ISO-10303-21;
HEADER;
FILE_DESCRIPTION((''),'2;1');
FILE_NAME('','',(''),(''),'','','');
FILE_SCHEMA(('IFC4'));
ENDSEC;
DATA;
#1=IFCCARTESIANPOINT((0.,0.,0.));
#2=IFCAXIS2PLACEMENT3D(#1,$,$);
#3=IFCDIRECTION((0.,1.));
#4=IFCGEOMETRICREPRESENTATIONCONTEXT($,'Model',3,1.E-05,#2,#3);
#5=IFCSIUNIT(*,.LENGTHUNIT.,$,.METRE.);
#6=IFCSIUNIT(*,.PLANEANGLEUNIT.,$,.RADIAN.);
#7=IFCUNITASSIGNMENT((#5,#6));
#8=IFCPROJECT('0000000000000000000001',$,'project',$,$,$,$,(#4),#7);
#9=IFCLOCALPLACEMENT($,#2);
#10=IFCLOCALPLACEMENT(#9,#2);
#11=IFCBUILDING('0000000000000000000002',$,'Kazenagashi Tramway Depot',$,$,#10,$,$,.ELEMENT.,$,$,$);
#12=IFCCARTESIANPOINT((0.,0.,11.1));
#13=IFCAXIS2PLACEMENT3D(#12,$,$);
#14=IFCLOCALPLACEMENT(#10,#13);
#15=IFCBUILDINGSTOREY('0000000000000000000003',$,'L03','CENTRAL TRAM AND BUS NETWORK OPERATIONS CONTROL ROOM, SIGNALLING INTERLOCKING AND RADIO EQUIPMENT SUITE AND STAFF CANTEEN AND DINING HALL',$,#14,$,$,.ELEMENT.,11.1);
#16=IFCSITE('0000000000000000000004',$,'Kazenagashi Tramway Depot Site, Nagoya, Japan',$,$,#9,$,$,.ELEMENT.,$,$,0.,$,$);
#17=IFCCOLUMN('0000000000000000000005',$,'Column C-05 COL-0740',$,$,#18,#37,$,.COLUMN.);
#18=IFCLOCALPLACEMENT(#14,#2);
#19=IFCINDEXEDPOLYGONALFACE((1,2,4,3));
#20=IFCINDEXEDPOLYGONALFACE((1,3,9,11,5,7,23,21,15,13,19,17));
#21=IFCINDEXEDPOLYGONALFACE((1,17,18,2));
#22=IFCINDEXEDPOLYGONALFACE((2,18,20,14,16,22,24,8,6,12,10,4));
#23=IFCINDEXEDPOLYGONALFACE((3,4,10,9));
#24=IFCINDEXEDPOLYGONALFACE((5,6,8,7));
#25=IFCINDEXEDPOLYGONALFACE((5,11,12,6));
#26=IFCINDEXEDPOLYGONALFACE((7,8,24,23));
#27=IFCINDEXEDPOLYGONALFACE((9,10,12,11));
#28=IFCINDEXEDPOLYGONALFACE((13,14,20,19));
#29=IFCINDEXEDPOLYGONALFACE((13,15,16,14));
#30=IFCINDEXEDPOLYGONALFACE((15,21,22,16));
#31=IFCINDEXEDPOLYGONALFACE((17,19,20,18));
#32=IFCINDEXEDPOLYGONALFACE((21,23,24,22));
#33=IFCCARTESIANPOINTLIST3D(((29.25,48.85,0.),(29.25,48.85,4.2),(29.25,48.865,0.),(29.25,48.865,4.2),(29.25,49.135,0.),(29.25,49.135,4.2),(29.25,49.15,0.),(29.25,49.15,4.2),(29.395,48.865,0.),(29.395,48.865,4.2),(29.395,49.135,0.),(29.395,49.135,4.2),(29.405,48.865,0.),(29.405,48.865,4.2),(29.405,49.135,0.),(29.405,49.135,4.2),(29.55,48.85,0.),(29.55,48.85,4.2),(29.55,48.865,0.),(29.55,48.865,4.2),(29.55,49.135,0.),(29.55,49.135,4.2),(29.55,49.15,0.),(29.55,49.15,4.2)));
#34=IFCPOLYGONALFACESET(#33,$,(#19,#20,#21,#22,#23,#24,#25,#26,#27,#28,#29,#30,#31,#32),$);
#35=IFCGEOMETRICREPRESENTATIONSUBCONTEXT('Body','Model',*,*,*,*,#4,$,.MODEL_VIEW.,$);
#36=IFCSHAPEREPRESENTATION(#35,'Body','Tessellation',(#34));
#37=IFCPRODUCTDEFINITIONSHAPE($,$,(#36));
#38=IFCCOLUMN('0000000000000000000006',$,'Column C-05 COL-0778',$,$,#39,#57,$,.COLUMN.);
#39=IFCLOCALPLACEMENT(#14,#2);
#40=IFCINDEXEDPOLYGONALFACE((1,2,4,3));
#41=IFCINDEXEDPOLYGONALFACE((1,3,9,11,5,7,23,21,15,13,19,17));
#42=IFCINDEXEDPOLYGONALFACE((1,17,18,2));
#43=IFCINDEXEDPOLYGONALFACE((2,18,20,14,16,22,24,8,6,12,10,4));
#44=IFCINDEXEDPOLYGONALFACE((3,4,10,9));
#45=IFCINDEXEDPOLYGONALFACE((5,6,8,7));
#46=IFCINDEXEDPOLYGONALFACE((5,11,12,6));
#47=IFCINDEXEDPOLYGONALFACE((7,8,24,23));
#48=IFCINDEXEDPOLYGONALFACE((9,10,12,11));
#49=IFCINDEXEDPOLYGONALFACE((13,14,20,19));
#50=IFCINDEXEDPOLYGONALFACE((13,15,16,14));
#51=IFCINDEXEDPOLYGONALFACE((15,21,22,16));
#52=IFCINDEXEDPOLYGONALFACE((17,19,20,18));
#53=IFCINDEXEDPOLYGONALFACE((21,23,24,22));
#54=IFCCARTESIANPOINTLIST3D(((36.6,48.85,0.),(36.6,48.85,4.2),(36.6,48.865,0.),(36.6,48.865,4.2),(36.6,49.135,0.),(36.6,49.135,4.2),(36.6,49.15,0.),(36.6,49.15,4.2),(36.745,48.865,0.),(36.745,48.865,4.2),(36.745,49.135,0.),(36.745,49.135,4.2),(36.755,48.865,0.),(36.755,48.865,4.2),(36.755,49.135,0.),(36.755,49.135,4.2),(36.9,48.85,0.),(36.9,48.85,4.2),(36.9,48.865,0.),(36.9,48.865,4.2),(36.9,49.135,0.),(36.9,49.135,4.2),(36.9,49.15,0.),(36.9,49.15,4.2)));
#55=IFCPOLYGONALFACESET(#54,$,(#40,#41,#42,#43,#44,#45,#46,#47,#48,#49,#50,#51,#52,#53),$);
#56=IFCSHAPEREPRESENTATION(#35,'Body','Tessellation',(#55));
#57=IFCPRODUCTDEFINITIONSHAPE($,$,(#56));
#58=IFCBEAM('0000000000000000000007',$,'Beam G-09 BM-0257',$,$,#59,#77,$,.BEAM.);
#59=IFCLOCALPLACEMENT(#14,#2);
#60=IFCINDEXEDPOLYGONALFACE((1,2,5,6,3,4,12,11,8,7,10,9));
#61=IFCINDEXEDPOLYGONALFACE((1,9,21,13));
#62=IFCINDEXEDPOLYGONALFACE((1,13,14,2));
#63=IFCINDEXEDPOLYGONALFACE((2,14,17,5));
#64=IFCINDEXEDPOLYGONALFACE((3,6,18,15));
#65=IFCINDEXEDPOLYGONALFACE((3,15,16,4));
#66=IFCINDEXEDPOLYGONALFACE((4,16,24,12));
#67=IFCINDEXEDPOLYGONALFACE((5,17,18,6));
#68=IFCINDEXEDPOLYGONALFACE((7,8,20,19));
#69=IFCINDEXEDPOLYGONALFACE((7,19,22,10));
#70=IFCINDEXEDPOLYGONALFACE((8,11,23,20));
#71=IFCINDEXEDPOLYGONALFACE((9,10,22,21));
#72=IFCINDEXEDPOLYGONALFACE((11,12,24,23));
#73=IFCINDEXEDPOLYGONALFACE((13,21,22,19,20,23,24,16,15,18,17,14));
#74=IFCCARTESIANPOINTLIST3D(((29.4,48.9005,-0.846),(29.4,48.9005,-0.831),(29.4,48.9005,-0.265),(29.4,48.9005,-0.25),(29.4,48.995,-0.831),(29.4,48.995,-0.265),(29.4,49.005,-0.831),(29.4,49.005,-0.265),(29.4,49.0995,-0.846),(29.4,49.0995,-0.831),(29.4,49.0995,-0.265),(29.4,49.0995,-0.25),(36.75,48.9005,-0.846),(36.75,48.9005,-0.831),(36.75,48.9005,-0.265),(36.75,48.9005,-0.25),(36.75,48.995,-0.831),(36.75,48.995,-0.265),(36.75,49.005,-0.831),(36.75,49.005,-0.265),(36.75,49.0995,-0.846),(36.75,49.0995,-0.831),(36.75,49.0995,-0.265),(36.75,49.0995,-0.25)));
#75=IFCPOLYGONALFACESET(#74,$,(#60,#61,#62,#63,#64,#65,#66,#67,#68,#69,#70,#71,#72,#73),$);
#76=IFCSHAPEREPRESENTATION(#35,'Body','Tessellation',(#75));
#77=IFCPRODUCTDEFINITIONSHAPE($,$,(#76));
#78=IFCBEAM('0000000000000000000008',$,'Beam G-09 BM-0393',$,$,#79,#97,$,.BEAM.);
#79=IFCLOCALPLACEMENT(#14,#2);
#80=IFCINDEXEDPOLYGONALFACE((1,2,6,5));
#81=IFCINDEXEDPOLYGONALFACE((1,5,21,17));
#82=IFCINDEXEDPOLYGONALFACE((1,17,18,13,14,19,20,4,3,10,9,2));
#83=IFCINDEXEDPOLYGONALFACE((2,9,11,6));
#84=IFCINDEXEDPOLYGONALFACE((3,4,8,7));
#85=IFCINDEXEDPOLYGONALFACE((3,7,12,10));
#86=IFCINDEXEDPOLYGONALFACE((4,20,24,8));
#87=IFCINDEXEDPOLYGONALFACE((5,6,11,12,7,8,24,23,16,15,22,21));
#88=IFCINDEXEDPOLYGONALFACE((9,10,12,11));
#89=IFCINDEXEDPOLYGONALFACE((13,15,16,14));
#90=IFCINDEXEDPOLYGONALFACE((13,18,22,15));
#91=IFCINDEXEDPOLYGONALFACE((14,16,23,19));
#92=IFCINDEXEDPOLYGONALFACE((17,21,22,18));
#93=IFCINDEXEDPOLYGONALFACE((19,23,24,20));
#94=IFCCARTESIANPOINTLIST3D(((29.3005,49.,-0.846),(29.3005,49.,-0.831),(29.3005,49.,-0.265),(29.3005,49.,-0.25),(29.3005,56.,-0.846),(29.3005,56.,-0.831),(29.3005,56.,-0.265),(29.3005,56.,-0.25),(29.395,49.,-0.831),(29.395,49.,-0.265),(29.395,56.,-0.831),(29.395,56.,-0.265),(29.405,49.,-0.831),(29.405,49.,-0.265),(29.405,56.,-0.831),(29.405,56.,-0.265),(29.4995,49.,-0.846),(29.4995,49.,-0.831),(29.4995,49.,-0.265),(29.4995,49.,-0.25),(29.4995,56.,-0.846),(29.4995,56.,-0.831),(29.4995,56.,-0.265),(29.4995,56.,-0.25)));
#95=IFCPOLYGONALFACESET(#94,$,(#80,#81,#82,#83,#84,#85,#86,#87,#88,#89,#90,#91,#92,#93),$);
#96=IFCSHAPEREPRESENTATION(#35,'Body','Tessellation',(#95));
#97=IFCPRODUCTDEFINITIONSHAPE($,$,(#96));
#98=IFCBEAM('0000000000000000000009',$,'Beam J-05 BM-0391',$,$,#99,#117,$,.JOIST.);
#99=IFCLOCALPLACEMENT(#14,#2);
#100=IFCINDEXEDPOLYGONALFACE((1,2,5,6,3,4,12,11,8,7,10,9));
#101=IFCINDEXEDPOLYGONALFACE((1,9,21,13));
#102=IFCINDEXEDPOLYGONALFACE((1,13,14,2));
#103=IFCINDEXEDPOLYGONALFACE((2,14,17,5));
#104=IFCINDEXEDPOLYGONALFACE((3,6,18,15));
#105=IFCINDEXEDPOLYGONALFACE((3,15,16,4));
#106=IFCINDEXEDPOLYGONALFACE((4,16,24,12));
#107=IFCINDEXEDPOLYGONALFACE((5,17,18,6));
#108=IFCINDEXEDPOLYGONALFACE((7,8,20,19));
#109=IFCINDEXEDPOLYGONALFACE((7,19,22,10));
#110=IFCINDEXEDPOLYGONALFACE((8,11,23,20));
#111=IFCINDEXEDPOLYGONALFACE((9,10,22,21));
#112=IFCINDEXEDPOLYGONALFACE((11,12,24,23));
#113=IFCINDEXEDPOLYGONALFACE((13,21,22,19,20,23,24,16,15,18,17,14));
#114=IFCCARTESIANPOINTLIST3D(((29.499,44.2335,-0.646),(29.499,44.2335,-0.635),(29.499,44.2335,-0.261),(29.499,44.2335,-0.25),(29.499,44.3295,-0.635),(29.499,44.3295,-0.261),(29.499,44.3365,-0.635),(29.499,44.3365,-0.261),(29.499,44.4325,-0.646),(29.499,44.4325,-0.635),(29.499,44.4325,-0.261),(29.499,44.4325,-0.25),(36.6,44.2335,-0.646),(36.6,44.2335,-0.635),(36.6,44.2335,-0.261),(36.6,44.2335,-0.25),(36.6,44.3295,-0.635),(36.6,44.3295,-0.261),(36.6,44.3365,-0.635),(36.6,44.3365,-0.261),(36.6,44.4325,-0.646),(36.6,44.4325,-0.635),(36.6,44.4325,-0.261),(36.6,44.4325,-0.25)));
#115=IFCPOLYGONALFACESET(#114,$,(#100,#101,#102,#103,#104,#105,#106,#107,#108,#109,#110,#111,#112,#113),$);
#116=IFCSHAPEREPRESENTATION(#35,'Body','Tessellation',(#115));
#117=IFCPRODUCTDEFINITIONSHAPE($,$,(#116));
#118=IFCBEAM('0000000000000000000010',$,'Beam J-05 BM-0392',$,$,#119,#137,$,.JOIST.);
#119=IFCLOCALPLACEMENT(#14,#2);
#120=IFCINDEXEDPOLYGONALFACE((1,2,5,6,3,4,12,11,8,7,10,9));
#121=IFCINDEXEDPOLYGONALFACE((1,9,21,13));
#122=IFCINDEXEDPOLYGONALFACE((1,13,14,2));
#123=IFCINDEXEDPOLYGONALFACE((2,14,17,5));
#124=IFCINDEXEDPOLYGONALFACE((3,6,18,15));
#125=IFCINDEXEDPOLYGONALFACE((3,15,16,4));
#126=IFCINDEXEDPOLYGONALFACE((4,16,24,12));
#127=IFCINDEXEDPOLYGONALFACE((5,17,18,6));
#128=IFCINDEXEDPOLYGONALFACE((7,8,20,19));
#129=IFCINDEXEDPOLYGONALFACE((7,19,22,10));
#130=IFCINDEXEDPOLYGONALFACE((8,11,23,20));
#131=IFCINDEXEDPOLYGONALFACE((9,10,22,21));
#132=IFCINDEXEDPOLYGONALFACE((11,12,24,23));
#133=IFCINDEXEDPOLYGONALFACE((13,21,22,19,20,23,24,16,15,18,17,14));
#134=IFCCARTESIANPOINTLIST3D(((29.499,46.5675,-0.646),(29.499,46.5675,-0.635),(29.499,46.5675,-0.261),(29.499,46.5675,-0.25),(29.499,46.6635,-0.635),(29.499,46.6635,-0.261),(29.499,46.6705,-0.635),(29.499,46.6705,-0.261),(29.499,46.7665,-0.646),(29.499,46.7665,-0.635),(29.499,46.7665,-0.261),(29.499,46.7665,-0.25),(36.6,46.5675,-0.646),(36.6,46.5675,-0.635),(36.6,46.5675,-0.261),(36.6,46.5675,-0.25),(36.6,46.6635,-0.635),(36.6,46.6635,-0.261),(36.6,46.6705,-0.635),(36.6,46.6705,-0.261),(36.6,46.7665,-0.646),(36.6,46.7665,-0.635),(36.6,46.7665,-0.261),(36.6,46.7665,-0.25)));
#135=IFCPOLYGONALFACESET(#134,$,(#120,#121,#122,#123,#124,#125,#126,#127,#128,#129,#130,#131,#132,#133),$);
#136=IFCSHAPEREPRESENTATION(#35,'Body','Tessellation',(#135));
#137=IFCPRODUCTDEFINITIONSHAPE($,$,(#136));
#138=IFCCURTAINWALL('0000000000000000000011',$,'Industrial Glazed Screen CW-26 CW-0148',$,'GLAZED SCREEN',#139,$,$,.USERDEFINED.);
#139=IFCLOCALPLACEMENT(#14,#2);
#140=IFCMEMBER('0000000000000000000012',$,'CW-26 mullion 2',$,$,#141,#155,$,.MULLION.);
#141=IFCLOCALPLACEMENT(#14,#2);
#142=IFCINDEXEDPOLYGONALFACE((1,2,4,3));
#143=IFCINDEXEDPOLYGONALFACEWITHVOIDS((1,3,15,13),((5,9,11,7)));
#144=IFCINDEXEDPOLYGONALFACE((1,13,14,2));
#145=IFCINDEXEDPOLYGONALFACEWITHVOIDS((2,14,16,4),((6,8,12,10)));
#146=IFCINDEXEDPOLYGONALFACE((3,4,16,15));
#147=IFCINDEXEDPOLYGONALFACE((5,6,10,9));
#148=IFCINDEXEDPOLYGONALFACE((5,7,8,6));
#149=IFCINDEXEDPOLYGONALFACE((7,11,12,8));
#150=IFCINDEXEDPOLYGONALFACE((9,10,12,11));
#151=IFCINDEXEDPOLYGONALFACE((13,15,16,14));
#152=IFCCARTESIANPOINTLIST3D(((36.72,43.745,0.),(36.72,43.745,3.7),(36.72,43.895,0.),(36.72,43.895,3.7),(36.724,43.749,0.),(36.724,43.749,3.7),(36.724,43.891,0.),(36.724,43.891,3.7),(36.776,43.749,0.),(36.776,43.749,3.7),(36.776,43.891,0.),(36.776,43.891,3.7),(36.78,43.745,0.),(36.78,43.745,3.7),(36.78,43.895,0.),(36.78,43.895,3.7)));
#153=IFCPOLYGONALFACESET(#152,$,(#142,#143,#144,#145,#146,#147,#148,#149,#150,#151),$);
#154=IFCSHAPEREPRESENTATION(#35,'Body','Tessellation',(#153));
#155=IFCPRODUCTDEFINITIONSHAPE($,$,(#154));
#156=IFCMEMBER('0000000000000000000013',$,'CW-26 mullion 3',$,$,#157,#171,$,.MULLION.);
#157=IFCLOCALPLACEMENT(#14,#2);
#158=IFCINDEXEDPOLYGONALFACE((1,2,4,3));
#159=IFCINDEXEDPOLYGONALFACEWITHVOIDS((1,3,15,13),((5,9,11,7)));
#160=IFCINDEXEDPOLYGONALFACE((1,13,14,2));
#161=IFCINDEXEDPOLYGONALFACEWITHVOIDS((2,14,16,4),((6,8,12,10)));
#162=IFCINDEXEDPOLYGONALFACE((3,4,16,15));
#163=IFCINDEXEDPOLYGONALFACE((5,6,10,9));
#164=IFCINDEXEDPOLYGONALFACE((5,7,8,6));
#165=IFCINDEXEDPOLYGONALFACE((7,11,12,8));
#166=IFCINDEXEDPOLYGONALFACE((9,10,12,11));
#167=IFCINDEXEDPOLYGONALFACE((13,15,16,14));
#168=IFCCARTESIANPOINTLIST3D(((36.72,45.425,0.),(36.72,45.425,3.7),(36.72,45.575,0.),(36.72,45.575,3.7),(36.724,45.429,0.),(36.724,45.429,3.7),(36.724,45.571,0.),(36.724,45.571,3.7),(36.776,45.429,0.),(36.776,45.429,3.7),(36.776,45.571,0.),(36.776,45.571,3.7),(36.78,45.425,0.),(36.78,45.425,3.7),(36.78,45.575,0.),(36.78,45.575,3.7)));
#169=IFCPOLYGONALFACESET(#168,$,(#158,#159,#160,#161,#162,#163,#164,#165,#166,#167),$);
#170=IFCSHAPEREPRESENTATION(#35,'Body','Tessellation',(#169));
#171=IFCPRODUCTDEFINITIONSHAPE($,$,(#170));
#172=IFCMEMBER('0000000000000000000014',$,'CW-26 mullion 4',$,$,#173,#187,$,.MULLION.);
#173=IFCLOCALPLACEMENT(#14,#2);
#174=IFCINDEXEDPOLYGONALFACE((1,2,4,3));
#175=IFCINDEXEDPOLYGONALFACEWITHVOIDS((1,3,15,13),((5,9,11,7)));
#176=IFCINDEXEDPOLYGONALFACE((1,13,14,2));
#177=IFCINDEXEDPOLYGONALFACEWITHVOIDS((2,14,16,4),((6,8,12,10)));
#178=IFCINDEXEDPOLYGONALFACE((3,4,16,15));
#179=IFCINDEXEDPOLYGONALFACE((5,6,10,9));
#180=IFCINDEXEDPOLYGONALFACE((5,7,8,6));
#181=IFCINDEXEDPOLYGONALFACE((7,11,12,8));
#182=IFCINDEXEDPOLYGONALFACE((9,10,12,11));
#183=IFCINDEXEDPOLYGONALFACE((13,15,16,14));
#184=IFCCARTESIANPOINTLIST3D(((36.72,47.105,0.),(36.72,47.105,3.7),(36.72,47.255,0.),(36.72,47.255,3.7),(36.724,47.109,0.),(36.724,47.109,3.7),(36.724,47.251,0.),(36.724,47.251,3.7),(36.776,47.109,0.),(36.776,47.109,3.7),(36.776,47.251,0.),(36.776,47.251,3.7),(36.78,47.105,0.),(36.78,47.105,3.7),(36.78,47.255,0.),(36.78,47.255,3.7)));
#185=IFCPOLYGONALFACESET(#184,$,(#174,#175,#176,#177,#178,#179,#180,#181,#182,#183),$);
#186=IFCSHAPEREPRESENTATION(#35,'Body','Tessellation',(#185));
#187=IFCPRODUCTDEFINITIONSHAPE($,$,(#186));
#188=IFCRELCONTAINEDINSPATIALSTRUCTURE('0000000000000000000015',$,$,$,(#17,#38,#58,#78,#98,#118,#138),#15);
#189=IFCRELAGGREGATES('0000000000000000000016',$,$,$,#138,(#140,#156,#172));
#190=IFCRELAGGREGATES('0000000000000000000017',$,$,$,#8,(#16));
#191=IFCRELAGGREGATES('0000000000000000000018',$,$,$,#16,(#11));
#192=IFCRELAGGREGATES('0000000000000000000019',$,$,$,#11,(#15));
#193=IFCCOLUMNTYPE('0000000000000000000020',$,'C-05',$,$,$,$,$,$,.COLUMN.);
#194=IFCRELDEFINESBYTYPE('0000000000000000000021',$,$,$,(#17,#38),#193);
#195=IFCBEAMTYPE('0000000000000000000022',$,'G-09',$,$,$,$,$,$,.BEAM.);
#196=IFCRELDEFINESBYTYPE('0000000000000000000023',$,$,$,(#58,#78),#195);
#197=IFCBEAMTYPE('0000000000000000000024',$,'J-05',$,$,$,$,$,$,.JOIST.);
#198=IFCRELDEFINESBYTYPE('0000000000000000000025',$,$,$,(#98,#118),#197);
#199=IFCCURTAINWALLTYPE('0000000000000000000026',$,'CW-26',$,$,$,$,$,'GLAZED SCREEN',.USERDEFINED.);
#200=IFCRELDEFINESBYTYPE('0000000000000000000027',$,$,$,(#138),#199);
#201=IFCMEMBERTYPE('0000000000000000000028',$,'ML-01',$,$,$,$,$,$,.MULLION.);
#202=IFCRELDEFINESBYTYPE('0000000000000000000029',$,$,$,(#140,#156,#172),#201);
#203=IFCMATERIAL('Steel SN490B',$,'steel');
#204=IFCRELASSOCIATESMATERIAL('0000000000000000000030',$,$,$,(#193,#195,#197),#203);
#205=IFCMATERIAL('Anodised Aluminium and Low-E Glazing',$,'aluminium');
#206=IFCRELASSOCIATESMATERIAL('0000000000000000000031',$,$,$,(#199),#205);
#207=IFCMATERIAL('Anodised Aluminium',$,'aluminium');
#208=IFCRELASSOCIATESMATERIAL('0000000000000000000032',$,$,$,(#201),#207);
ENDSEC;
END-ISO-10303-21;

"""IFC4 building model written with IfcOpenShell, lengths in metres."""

from ifc_helpers import new_model, si_unit, direction, frame, origin, origin_2d, place, context, subcontext, project, spatial, hollow_rectangle, i_section, extrude, material, material_profile, profile_set, type_object, element, aggregate, save


model = new_model("IFC4")

# Units and contexts
model_context = context("Model", 3, precision=1e-05, world=origin(), true_north=direction((0.0, 1.0)))
body_context = subcontext(model_context, "Body", "Model", "MODEL_VIEW")
ifc_project = project(units=[si_unit("LENGTHUNIT", "METRE"), si_unit("PLANEANGLEUNIT", "RADIAN")], contexts=[model_context])

# Site, building, storey
site_placement = place(None, origin())
site = spatial("IfcSite", under=ifc_project, at=site_placement, Name="Kazenagashi Tramway Depot Site, Nagoya, Japan", CompositionType="ELEMENT", RefElevation=0.0)
building_placement = place(site_placement, origin())
building = spatial("IfcBuilding", under=site, at=building_placement, Name="Kazenagashi Tramway Depot", CompositionType="ELEMENT")
storey_placement = place(building_placement, frame((0.0, 0.0, 11.1)))
storey = spatial("IfcBuildingStorey", under=building, at=storey_placement, Name="L03", Description="CENTRAL TRAM AND BUS NETWORK OPERATIONS CONTROL ROOM, SIGNALLING INTERLOCKING AND RADIO EQUIPMENT SUITE AND STAFF CANTEEN AND DINING HALL", CompositionType="ELEMENT", Elevation=11.1)

# Columns
ifc_material_1 = material(Name="Steel SN490B", Category="steel")
ifc_material_profile_1 = material_profile(ifc_material_1, i_section(OverallWidth=0.3, OverallDepth=0.3, WebThickness=0.01, FlangeThickness=0.015, at=origin_2d()), Name="H-300x300x10x15")
ifc_profile_set_1 = profile_set([ifc_material_profile_1], Name="Steel SN490B")
column_type = type_object("IfcColumnType", Name="C-05", PredefinedType="COLUMN", material=ifc_profile_set_1)
for number, where, z_axis, x_axis, name in (
    (1, (29.4, 49.0, 0.0), (0.0, 0.0, 1.0), (1.0, 0.0, 0.0), "Column C-05 COL-0740"),
    (2, (36.75, 49.0, 0.0), (0.0, 0.0, 1.0), (1.0, 0.0, 0.0), "Column C-05 COL-0778"),
):
    element("IfcColumn", number, at=place(storey_placement, frame(where, z_axis=z_axis, x_axis=x_axis)), inside=storey, type_object=column_type, Name=name, PredefinedType="COLUMN", context=body_context, shape_type="SweptSolid", body=[
        extrude(i_section(OverallWidth=0.3, OverallDepth=0.3, WebThickness=0.01, FlangeThickness=0.015, at=origin_2d()), origin(), (0.0, 0.0, 1.0), 4.2),
    ])

# Beams
ifc_material_profile_2 = material_profile(ifc_material_1, i_section(OverallWidth=0.199, OverallDepth=0.596, WebThickness=0.01, FlangeThickness=0.015, at=origin_2d()), Name="H-596x199x10x15")
ifc_profile_set_2 = profile_set([ifc_material_profile_2], Name="Steel SN490B")
beam_type_1 = type_object("IfcBeamType", Name="G-09", PredefinedType="BEAM", material=ifc_profile_set_2)
beam_1_placement = place(storey_placement, frame((29.4, 49.0, -0.548), z_axis=(1.0, 0.0, 0.0), x_axis=(0.0, 1.0, 0.0)))
element("IfcBeam", 3, at=beam_1_placement, inside=storey, type_object=beam_type_1, Name="Beam G-09 BM-0257", PredefinedType="BEAM", context=body_context, shape_type="SweptSolid", body=[
    extrude(i_section(OverallWidth=0.199, OverallDepth=0.596, WebThickness=0.01, FlangeThickness=0.015, at=origin_2d()), origin(), (0.0, 0.0, 1.0), 7.35),
])
beam_2_placement = place(storey_placement, frame((29.4, 49.0, -0.548), z_axis=(0.0, 1.0, 0.0), x_axis=(-1.0, 0.0, 0.0)))
element("IfcBeam", 4, at=beam_2_placement, inside=storey, type_object=beam_type_1, Name="Beam G-09 BM-0393", PredefinedType="BEAM", context=body_context, shape_type="SweptSolid", body=[
    extrude(i_section(OverallWidth=0.199, OverallDepth=0.596, WebThickness=0.01, FlangeThickness=0.015, at=origin_2d()), origin(), (0.0, 0.0, 1.0), 7.0),
])
ifc_material_profile_3 = material_profile(ifc_material_1, i_section(OverallWidth=0.199, OverallDepth=0.396, WebThickness=0.007, FlangeThickness=0.011, at=origin_2d()), Name="H-396x199x7x11")
ifc_profile_set_3 = profile_set([ifc_material_profile_3], Name="Steel SN490B")
beam_type_2 = type_object("IfcBeamType", Name="J-05", PredefinedType="JOIST", material=ifc_profile_set_3)
for number, where, z_axis, x_axis, name in (
    (5, (29.499, 44.333, -0.448), (1.0, 0.0, 0.0), (0.0, 1.0, 0.0), "Beam J-05 BM-0391"),
    (6, (29.499, 46.667, -0.448), (1.0, 0.0, 0.0), (0.0, 1.0, 0.0), "Beam J-05 BM-0392"),
):
    element("IfcBeam", number, at=place(storey_placement, frame(where, z_axis=z_axis, x_axis=x_axis)), inside=storey, type_object=beam_type_2, Name=name, PredefinedType="JOIST", context=body_context, shape_type="SweptSolid", body=[
        extrude(i_section(OverallWidth=0.199, OverallDepth=0.396, WebThickness=0.007, FlangeThickness=0.011, at=origin_2d()), origin(), (0.0, 0.0, 1.0), 7.101),
    ])

# Curtain wall, members
ifc_material_2 = material(Name="Anodised Aluminium and Low-E Glazing", Category="aluminium")
curtain_wall_type = type_object("IfcCurtainWallType", Name="CW-26", ElementType="GLAZED SCREEN", PredefinedType="USERDEFINED", material=ifc_material_2)
curtain_wall_1_placement = place(storey_placement, origin())
curtain_wall_1 = element("IfcCurtainWall", 7, at=curtain_wall_1_placement, inside=storey, type_object=curtain_wall_type, Name="Industrial Glazed Screen CW-26 CW-0148", ObjectType="GLAZED SCREEN", PredefinedType="USERDEFINED")
ifc_material_3 = material(Name="Anodised Aluminium", Category="aluminium")
ifc_material_profile_4 = material_profile(ifc_material_3, hollow_rectangle(XDim=0.06, YDim=0.15, WallThickness=0.004, at=origin_2d()), Name="RHS-150x60x4")
ifc_profile_set_4 = profile_set([ifc_material_profile_4], Name="Anodised Aluminium")
member_type_1 = type_object("IfcMemberType", Name="ML-01", PredefinedType="MULLION", material=ifc_profile_set_4)
member_1_placement = place(storey_placement, frame((36.75, 43.82, 0.0), z_axis=(0.0, 0.0, 1.0), x_axis=(-1.0, 0.0, 0.0)))
member_1 = element("IfcMember", 8, at=member_1_placement, type_object=member_type_1, Name="CW-26 mullion 2", PredefinedType="MULLION", context=body_context, shape_type="SweptSolid", body=[
    extrude(hollow_rectangle(XDim=0.06, YDim=0.15, WallThickness=0.004, at=origin_2d()), origin(), (0.0, 0.0, 1.0), 3.7),
])
member_2_placement = place(storey_placement, frame((36.75, 45.5, 0.0), z_axis=(0.0, 0.0, 1.0), x_axis=(-1.0, 0.0, 0.0)))
member_2 = element("IfcMember", 9, at=member_2_placement, type_object=member_type_1, Name="CW-26 mullion 3", PredefinedType="MULLION", context=body_context, shape_type="SweptSolid", body=[
    extrude(hollow_rectangle(XDim=0.06, YDim=0.15, WallThickness=0.004, at=origin_2d()), origin(), (0.0, 0.0, 1.0), 3.7),
])
member_3_placement = place(storey_placement, frame((36.75, 47.18, 0.0), z_axis=(0.0, 0.0, 1.0), x_axis=(-1.0, 0.0, 0.0)))
member_3 = element("IfcMember", 10, at=member_3_placement, type_object=member_type_1, Name="CW-26 mullion 4", PredefinedType="MULLION", context=body_context, shape_type="SweptSolid", body=[
    extrude(hollow_rectangle(XDim=0.06, YDim=0.15, WallThickness=0.004, at=origin_2d()), origin(), (0.0, 0.0, 1.0), 3.7),
])

aggregate(curtain_wall_1, [member_1, member_2, member_3])

save(model, "model.ifc")
